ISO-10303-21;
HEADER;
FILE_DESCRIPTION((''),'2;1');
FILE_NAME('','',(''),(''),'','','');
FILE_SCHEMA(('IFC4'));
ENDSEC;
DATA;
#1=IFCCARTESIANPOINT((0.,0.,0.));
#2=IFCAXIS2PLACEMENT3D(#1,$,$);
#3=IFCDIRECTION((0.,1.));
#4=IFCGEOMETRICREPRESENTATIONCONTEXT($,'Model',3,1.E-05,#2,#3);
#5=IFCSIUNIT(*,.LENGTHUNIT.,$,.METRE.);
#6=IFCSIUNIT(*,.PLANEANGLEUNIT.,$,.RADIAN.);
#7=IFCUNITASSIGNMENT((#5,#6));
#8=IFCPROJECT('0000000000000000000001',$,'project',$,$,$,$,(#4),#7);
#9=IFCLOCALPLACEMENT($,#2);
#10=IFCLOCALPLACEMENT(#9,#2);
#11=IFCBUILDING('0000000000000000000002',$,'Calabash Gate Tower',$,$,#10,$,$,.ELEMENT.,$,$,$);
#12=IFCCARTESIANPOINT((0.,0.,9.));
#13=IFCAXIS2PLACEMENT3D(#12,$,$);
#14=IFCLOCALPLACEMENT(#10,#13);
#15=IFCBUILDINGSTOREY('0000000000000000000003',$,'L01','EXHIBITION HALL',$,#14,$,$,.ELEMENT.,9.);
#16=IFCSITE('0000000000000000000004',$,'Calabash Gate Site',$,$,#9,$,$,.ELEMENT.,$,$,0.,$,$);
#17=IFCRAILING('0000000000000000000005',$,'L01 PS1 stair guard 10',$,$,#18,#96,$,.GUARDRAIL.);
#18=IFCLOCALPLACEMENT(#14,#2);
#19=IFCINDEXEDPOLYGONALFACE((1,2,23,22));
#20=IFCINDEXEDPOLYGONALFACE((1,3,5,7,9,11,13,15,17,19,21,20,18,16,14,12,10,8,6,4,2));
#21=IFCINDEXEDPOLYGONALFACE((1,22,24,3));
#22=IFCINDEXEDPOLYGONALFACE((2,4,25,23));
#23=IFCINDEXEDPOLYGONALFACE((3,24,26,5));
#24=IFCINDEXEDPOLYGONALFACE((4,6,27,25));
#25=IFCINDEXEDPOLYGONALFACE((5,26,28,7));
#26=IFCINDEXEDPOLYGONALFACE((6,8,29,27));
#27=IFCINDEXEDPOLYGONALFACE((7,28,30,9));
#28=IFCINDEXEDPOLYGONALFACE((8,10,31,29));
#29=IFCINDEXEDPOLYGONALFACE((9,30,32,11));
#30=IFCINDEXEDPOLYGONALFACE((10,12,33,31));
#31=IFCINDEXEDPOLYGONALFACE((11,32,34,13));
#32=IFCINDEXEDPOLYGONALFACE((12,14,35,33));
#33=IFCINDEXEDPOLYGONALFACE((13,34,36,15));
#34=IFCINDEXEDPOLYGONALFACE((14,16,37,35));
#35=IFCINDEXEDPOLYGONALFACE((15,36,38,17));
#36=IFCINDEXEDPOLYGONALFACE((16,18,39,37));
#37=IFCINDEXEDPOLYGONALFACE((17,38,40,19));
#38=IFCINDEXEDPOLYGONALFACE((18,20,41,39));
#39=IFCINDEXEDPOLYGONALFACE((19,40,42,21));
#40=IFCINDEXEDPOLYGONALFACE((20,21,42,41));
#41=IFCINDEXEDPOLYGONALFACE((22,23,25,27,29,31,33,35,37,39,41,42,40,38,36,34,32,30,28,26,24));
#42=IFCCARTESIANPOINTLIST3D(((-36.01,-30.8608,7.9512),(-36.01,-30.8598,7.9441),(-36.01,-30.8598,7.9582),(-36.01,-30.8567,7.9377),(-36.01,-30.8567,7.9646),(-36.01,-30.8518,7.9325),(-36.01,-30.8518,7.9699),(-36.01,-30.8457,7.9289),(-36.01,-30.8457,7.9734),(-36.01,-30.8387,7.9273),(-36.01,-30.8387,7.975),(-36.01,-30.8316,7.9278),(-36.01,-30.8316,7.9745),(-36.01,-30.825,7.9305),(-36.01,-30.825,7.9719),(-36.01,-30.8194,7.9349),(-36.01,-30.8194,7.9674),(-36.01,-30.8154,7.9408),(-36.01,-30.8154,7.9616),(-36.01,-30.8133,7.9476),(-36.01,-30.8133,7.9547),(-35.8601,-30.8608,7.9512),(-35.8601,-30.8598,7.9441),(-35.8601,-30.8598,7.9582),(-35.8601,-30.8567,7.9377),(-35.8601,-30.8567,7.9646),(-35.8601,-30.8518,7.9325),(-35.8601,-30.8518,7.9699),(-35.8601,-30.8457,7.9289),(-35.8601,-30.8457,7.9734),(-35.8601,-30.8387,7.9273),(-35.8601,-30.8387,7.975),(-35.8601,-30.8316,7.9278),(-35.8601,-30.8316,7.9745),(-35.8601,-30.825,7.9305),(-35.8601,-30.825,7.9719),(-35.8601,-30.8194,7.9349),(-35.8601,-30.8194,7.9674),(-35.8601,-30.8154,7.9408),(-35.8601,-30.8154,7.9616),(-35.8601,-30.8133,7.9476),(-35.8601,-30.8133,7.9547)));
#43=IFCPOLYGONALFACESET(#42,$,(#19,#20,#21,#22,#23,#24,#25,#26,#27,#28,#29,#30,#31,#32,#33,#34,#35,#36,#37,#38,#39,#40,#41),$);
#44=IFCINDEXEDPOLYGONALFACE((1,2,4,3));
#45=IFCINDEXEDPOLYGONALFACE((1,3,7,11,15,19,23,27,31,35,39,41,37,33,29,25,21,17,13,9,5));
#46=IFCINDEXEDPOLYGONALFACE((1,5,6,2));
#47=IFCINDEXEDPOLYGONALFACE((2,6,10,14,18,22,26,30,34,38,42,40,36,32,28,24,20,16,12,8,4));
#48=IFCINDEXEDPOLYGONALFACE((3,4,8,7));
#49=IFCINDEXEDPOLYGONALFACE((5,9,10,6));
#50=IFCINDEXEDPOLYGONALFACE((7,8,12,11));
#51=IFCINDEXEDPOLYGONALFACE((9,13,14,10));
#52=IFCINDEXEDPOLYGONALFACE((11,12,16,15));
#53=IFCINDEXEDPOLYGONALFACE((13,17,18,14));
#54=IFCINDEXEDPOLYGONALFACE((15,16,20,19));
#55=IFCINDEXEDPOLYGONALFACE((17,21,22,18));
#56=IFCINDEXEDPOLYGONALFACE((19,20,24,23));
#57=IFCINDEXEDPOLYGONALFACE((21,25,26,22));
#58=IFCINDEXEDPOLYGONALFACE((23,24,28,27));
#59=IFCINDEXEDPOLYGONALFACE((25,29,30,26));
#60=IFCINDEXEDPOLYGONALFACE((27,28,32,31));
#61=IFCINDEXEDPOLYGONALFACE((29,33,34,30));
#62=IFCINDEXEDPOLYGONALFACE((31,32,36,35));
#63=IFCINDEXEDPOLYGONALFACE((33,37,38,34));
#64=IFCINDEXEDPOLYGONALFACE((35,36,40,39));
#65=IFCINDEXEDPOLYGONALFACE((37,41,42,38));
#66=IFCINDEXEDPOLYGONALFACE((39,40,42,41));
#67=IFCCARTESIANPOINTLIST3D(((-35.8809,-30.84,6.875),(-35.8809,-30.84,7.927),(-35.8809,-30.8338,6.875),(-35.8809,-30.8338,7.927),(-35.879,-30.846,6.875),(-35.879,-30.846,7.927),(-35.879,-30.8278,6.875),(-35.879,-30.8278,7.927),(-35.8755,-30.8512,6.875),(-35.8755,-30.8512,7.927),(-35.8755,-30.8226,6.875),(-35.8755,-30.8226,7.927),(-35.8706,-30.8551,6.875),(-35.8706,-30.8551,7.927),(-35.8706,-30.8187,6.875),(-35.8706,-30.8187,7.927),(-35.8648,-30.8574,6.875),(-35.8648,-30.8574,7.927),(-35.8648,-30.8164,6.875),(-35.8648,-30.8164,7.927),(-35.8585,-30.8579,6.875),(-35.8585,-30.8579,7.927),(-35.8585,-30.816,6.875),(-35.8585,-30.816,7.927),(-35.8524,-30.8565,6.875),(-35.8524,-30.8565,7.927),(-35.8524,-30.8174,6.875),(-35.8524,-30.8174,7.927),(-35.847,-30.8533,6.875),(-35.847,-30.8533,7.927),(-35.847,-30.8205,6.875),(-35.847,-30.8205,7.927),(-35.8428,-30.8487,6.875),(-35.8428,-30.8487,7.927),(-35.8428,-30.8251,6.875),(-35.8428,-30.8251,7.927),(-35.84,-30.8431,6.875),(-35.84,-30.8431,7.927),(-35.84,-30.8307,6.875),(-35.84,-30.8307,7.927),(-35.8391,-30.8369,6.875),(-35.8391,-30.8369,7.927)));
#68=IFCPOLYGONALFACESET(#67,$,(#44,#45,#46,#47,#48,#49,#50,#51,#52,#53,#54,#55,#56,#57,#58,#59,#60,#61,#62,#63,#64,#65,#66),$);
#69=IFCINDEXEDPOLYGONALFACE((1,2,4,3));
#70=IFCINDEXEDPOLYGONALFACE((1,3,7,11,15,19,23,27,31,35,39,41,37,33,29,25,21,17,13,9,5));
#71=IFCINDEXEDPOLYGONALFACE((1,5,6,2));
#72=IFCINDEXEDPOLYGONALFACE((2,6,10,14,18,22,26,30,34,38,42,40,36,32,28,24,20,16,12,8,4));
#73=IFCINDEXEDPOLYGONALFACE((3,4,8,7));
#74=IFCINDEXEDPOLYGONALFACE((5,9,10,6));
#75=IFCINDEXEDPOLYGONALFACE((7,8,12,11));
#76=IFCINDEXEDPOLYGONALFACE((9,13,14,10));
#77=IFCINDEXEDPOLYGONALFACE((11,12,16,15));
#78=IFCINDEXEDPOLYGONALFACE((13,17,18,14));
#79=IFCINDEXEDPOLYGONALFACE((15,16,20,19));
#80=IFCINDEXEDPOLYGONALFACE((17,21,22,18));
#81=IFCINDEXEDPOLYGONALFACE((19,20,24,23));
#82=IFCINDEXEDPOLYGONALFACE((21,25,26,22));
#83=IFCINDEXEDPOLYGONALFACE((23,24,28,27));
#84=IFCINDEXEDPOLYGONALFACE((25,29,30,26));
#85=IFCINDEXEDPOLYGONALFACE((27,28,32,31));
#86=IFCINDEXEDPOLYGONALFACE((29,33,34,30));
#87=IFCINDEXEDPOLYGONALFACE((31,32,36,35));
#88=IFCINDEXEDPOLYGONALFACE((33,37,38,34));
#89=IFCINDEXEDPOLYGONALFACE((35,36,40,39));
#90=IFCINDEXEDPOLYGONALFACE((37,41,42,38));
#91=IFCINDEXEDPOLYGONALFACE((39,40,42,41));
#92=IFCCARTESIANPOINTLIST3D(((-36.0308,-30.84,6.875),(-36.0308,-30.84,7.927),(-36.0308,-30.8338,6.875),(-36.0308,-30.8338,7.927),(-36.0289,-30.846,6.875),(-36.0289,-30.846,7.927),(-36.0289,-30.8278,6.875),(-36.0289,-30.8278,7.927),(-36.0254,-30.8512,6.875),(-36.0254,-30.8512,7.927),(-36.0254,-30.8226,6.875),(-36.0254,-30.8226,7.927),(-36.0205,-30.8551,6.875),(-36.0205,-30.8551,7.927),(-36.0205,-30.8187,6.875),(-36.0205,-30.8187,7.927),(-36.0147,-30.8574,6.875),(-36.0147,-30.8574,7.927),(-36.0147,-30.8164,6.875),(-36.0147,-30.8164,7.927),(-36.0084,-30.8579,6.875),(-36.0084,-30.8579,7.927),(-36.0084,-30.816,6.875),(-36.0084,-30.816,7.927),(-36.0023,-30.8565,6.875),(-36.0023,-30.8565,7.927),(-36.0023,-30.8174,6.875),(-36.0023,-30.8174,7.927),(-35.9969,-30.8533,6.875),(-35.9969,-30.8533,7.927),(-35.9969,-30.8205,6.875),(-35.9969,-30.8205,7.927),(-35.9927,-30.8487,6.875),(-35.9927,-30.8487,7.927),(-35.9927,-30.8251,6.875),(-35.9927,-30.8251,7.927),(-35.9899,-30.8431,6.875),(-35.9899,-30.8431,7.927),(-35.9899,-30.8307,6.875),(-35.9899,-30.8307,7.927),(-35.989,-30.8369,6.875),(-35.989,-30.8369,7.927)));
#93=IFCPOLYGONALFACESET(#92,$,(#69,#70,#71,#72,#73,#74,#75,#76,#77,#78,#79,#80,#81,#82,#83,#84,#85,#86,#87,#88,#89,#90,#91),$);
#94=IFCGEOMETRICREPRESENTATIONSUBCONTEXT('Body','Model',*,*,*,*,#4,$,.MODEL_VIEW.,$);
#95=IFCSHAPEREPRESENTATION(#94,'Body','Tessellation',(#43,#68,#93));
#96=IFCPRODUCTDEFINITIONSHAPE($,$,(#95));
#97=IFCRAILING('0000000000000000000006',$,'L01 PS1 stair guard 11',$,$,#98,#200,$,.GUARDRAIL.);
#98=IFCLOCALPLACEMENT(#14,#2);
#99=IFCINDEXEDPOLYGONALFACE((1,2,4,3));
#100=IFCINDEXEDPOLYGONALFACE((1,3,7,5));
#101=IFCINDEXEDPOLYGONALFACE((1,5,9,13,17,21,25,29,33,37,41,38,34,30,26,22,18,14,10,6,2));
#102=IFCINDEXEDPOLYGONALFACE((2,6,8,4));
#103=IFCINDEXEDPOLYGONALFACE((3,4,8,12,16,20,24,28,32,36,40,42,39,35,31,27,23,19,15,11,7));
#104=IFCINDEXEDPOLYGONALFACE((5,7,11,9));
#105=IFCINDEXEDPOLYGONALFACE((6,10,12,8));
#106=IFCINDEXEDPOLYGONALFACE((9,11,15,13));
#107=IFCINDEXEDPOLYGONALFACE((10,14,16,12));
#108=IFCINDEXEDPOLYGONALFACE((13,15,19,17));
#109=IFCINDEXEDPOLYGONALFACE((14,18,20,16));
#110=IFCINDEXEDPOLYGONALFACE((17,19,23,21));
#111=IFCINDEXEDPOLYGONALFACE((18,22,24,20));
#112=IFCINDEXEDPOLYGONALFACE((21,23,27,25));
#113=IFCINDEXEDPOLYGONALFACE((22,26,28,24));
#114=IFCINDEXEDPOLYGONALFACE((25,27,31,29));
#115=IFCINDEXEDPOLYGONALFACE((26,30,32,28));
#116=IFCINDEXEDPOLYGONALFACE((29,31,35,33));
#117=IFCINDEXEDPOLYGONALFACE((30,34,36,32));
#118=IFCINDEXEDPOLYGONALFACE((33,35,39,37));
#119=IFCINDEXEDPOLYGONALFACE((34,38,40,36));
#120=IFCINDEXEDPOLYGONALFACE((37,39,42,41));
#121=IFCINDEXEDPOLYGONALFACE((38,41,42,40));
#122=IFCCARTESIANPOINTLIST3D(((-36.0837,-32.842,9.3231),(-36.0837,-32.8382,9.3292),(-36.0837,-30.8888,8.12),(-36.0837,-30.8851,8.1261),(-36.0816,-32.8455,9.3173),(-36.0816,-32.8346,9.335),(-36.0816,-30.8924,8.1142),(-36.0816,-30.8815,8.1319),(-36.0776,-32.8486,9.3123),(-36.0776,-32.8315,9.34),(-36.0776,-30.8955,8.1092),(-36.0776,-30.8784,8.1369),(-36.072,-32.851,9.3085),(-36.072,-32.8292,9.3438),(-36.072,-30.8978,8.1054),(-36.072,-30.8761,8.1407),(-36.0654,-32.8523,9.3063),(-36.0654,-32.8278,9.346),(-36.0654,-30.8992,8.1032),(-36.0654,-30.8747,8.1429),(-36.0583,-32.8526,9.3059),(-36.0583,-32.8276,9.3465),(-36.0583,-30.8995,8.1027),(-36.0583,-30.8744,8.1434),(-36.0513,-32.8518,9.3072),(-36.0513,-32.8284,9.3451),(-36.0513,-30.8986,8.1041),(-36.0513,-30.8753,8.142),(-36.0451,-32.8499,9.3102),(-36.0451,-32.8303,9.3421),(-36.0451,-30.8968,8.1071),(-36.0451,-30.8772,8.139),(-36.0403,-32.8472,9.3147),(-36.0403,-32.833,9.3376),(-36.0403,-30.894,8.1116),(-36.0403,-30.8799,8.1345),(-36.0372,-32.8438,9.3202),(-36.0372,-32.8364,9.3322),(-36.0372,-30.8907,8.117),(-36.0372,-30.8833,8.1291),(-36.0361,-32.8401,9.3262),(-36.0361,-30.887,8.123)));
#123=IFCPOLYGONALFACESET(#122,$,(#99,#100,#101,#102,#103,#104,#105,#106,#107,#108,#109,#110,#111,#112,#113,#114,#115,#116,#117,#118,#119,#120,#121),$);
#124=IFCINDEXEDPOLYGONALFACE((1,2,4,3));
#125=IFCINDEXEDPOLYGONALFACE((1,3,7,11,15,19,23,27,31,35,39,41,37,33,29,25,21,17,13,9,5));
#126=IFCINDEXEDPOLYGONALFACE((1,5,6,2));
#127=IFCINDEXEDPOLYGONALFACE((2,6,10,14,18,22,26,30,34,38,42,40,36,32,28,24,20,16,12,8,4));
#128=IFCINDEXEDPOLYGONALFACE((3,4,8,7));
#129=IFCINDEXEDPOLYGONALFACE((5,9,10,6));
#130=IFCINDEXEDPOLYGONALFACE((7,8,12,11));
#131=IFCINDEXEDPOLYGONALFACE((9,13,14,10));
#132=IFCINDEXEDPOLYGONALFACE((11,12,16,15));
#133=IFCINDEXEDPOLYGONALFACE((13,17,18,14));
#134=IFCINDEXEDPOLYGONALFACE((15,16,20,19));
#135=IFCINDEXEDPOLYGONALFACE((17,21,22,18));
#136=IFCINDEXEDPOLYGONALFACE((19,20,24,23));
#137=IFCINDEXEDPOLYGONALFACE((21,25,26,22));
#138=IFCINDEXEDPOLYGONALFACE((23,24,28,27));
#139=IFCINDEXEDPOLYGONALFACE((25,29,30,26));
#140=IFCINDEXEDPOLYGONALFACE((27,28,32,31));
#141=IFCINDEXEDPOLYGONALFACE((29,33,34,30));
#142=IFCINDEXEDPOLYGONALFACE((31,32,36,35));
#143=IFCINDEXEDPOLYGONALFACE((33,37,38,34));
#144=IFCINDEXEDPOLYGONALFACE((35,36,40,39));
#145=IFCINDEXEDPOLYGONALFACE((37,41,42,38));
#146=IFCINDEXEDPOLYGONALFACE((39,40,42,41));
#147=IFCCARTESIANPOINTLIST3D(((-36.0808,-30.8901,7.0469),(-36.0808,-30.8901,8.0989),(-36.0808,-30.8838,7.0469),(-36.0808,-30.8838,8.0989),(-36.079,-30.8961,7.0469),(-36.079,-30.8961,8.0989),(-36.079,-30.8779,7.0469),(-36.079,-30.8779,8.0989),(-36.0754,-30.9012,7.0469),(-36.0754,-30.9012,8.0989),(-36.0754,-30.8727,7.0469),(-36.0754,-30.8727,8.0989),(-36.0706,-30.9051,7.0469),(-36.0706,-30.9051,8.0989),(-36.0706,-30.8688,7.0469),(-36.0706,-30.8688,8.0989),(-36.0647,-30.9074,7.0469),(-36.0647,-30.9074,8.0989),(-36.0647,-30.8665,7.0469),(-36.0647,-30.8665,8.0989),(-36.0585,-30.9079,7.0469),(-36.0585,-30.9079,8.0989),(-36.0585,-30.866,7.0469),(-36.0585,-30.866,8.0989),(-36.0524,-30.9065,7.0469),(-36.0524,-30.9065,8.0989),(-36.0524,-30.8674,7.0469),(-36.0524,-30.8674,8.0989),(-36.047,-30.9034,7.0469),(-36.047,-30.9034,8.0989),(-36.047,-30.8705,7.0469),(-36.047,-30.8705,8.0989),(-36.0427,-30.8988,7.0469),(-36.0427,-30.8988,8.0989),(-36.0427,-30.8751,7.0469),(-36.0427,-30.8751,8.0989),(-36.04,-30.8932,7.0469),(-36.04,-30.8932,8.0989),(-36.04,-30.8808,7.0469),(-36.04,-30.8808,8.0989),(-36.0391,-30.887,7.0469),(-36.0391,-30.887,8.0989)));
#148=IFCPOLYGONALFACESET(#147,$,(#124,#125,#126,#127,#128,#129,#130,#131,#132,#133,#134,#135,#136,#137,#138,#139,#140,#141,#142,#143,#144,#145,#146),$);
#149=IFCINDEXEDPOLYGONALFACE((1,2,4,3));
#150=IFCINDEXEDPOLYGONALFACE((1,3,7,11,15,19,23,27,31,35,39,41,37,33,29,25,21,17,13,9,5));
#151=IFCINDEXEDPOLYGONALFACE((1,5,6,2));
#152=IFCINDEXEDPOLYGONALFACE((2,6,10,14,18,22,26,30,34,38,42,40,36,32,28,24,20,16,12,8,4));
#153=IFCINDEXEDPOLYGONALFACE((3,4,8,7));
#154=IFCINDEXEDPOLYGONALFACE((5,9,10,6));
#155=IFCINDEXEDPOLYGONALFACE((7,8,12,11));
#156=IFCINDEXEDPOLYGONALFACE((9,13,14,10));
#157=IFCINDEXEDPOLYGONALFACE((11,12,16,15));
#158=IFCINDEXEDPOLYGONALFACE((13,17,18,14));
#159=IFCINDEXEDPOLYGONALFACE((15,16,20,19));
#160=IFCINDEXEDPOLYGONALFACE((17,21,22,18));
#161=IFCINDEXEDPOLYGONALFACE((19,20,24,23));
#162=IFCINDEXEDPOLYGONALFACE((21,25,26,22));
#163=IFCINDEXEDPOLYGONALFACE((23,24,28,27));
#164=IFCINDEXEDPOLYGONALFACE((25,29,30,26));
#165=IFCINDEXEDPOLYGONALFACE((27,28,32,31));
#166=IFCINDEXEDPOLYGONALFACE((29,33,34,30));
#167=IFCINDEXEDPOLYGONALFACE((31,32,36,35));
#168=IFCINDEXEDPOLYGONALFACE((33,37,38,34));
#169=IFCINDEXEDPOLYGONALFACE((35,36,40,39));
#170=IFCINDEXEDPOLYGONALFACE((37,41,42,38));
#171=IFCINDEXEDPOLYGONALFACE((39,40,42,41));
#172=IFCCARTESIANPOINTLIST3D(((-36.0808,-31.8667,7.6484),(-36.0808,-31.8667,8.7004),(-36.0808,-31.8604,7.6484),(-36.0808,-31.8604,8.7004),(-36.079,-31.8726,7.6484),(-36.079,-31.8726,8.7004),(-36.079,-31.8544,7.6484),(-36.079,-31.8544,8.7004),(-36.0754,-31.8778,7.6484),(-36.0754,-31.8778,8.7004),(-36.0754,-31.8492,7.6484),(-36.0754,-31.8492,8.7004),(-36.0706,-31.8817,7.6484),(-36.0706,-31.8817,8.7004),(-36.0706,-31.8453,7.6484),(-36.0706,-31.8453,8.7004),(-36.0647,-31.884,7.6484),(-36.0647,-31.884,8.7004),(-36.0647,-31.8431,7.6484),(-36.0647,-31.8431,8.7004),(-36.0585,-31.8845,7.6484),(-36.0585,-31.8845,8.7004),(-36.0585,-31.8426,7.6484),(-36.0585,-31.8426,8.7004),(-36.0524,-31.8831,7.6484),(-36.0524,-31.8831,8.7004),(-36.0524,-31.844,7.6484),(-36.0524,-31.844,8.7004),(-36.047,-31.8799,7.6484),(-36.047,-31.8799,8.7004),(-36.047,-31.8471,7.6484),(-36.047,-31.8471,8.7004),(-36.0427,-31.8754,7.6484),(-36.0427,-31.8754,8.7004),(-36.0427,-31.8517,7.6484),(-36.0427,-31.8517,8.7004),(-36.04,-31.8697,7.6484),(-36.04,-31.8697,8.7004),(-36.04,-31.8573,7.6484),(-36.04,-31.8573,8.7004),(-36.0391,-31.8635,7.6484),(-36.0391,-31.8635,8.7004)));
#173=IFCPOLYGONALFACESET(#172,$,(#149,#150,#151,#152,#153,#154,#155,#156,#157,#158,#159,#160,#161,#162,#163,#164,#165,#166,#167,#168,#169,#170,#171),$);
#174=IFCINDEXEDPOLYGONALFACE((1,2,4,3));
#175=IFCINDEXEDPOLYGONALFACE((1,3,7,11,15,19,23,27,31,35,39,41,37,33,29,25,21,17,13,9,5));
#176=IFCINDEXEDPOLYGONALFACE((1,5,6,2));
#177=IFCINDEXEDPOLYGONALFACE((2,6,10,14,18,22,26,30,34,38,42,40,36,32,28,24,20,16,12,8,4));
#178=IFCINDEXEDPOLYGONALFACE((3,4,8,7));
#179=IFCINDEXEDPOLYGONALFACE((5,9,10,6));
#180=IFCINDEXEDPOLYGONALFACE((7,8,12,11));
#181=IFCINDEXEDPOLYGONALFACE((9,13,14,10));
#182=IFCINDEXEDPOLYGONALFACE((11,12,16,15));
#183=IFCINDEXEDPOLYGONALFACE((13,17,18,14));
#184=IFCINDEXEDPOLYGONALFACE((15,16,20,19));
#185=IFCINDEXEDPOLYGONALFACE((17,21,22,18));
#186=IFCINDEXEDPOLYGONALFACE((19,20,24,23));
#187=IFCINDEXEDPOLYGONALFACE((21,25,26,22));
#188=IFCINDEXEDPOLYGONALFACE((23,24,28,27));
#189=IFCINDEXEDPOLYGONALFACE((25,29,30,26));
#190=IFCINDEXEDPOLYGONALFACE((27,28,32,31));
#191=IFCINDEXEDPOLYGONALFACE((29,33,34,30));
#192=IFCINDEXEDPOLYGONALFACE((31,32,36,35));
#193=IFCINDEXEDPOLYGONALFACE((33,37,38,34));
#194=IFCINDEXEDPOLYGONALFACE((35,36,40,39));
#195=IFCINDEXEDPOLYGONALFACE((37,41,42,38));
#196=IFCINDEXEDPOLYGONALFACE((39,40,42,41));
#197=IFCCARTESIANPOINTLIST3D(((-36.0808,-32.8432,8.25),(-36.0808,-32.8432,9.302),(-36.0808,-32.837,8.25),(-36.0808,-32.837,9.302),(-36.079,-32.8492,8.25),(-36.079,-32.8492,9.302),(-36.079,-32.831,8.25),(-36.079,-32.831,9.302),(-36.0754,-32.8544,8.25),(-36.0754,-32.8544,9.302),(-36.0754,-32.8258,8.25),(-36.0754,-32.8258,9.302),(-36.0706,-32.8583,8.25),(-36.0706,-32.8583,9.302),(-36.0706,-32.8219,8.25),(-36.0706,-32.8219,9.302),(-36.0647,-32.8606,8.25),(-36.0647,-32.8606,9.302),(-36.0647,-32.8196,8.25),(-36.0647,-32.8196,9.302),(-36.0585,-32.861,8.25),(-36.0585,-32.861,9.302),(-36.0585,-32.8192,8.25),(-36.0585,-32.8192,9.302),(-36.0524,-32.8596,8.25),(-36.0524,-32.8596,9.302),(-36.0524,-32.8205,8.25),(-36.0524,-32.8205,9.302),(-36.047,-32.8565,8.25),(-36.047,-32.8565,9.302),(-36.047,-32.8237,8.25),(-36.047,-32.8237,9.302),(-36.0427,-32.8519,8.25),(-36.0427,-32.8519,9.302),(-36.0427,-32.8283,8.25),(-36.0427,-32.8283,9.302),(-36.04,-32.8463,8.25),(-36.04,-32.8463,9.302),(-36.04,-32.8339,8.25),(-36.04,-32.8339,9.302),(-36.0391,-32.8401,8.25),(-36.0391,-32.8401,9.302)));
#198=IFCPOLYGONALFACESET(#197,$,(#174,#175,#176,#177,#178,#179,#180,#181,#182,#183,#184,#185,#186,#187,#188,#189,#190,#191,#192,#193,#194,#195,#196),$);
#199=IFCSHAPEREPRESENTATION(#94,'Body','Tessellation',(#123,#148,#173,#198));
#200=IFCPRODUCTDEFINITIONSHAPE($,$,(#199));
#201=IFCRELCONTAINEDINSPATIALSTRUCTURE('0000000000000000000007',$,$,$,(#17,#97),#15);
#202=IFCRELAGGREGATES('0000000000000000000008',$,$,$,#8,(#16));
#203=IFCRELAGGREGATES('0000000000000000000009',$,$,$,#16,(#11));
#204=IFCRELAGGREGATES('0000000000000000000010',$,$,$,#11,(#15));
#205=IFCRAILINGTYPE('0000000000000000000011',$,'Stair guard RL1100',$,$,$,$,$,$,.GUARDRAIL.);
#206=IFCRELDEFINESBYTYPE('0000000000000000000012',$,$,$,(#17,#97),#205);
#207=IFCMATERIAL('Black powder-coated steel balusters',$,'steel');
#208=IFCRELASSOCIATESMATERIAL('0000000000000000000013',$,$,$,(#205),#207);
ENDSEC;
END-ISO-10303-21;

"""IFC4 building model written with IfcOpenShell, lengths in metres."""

from ifc_helpers import new_model, si_unit, direction, frame, origin, origin_2d, place, context, subcontext, project, spatial, circle, extrude, material, type_object, element, save


model = new_model("IFC4")

# Units and contexts
model_context = context("Model", 3, precision=1e-05, world=origin(), true_north=direction((0.0, 1.0)))
body_context = subcontext(model_context, "Body", "Model", "MODEL_VIEW")
ifc_project = project(units=[si_unit("LENGTHUNIT", "METRE"), si_unit("PLANEANGLEUNIT", "RADIAN")], contexts=[model_context])

# Site, building, storey
site_placement = place(None, origin())
site = spatial("IfcSite", under=ifc_project, at=site_placement, Name="Calabash Gate Site", CompositionType="ELEMENT", RefElevation=0.0)
building_placement = place(site_placement, origin())
building = spatial("IfcBuilding", under=site, at=building_placement, Name="Calabash Gate Tower", CompositionType="ELEMENT")
storey_placement = place(building_placement, frame((0.0, 0.0, 9.0)))
storey = spatial("IfcBuildingStorey", under=building, at=storey_placement, Name="L01", Description="EXHIBITION HALL", CompositionType="ELEMENT", Elevation=9.0)

# Railings
ifc_material_1 = material(Name="Black powder-coated steel balusters", Category="steel")
railing_type_1 = type_object("IfcRailingType", Name="Stair guard RL1100", PredefinedType="GUARDRAIL", material=ifc_material_1)
railing_1_placement = place(storey_placement, frame((-35.8601, -30.8369, 6.875)))
element("IfcRailing", 1, at=railing_1_placement, inside=storey, type_object=railing_type_1, Name="L01 PS1 stair guard 10", PredefinedType="GUARDRAIL", context=body_context, shape_type="SweptSolid", body=[
    extrude(circle(Radius=0.0239, at=origin_2d()), frame((0.0, 0.0, 1.0762), z_axis=(-1.0, 0.0, 0.0), x_axis=(0.0, -1.0, 0.0)), (0.0, 0.0, 1.0), 0.1499),
    extrude(circle(Radius=0.021, at=origin_2d()), origin(), (0.0, 0.0, 1.0), 1.052),
    extrude(circle(Radius=0.021, at=origin_2d()), frame((-0.1499, 0.0, 0.0)), (0.0, 0.0, 1.0), 1.052),
])
railing_2_placement = place(storey_placement, frame((-36.0601, -30.887, 7.0469)))
element("IfcRailing", 2, at=railing_2_placement, inside=storey, type_object=railing_type_1, Name="L01 PS1 stair guard 11", PredefinedType="GUARDRAIL", context=body_context, shape_type="SweptSolid", body=[
    extrude(circle(Radius=0.0239, at=origin_2d()), frame((0.0, 0.0, 1.0762), z_axis=(0.0, -0.851424, 0.524477), x_axis=(1.0, 0.0, 0.0)), (0.0, 0.0, 1.0), 2.2939),
    extrude(circle(Radius=0.021, at=origin_2d()), origin(), (0.0, 0.0, 1.0), 1.052),
    extrude(circle(Radius=0.021, at=origin_2d()), frame((0.0, -0.9766, 0.6016)), (0.0, 0.0, 1.0), 1.052),
    extrude(circle(Radius=0.021, at=origin_2d()), frame((0.0, -1.9531, 1.2031)), (0.0, 0.0, 1.0), 1.052),
])

save(model, "model.ifc")
